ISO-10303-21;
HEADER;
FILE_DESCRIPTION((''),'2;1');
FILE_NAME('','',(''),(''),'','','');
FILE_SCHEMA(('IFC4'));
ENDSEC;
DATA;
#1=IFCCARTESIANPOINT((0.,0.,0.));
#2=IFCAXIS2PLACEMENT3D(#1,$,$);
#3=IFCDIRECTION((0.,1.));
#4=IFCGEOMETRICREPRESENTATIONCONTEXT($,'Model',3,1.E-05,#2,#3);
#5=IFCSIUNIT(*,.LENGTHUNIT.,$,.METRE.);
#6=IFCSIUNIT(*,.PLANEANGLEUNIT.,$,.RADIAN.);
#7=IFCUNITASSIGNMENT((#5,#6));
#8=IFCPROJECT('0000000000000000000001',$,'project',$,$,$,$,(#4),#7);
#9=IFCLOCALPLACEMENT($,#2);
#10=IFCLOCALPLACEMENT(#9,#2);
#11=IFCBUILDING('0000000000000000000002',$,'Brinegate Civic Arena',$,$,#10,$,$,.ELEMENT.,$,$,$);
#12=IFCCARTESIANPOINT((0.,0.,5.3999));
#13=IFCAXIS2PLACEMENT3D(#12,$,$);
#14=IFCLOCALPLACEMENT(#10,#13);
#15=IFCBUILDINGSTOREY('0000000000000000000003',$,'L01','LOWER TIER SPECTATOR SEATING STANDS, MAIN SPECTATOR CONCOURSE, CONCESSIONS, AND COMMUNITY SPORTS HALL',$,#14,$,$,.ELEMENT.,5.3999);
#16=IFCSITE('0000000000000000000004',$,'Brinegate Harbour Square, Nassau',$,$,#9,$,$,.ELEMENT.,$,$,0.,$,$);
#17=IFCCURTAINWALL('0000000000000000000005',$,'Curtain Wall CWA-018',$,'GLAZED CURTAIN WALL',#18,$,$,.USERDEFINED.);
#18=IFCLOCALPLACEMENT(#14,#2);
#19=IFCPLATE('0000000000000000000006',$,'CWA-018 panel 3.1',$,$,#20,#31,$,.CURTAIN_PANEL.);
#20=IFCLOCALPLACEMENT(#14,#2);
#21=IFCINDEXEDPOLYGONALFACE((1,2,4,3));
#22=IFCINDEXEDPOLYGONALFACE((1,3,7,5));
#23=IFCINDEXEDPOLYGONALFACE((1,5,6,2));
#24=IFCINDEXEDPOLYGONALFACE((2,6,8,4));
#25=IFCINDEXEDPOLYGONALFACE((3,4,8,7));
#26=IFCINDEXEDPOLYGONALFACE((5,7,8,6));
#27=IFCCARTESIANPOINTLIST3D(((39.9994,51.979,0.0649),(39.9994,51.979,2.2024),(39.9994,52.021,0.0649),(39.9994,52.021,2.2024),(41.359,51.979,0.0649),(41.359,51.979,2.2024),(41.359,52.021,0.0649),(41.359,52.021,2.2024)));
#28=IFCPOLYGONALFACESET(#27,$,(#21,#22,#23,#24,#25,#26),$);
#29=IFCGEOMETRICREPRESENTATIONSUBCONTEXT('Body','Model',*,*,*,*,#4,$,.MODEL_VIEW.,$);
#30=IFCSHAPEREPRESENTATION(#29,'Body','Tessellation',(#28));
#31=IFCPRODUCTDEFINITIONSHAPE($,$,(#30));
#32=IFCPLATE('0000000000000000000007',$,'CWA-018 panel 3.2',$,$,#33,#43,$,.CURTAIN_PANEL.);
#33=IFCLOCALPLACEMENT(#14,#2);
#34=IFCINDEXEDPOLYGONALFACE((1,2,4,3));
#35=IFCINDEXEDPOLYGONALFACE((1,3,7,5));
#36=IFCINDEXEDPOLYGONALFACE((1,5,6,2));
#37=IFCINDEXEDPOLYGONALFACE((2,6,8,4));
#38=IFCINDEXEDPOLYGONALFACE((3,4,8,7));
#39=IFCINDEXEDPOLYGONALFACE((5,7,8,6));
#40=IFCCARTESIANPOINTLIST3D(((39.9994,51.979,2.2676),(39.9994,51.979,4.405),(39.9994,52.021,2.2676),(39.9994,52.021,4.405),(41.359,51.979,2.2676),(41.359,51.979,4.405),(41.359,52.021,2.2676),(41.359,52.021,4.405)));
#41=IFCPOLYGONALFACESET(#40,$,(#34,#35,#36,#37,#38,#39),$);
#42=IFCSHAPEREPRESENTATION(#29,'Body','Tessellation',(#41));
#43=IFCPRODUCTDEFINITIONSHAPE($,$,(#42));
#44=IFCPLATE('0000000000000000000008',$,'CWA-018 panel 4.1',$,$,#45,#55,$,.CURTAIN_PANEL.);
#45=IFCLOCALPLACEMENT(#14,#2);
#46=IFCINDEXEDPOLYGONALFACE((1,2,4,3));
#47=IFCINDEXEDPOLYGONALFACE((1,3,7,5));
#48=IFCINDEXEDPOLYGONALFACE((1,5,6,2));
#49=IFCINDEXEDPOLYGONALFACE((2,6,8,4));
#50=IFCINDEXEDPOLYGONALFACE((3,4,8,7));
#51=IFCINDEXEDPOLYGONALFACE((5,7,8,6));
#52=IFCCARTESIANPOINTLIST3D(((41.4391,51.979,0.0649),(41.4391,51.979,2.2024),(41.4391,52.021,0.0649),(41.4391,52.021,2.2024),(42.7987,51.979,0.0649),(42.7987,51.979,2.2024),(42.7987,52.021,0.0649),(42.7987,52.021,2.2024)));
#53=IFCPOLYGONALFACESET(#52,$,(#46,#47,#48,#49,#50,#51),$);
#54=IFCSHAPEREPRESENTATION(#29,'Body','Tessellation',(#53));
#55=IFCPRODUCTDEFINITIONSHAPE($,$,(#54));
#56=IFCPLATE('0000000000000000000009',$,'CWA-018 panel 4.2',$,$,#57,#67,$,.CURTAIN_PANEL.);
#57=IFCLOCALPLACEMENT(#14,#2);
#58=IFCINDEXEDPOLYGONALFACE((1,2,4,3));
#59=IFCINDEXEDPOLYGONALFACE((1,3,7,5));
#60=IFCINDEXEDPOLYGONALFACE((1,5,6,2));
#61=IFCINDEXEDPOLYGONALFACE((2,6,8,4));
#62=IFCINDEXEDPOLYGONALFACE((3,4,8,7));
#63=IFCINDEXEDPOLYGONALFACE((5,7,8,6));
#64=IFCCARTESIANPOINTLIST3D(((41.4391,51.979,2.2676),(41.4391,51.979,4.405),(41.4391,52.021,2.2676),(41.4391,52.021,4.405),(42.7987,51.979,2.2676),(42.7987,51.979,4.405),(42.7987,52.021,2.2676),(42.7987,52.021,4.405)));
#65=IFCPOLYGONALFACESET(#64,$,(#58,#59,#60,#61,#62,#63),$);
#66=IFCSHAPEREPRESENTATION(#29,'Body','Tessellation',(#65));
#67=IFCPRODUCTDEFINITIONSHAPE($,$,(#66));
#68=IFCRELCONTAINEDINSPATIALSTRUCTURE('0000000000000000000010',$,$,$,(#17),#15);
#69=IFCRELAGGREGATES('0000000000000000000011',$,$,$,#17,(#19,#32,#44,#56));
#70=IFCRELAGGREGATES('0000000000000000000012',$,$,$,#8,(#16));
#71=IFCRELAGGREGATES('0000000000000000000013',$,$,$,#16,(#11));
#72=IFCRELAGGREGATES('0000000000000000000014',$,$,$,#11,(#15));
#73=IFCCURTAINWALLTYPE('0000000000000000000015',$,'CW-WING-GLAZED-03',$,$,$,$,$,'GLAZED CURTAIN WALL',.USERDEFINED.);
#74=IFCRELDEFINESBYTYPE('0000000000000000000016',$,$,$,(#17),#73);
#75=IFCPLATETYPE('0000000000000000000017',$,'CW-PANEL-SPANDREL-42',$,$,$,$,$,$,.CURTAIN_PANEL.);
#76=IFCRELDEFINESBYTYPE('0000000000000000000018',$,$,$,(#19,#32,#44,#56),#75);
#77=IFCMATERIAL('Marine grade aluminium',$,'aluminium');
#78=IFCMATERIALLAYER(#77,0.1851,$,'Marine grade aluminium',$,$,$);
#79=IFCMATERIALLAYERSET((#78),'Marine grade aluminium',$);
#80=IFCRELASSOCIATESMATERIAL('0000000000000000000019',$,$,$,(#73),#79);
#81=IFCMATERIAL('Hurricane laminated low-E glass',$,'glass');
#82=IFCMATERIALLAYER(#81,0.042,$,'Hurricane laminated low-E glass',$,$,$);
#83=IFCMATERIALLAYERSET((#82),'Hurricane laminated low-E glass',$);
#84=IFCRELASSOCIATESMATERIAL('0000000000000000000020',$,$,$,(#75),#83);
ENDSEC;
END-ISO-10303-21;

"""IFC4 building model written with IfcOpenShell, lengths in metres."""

from ifc_helpers import new_model, si_unit, direction, frame, origin, origin_2d, place, context, subcontext, project, spatial, rectangle, extrude, material, layer, layer_set, type_object, element, aggregate, save


model = new_model("IFC4")

# Units and contexts
model_context = context("Model", 3, precision=1e-05, world=origin(), true_north=direction((0.0, 1.0)))
body_context = subcontext(model_context, "Body", "Model", "MODEL_VIEW")
ifc_project = project(units=[si_unit("LENGTHUNIT", "METRE"), si_unit("PLANEANGLEUNIT", "RADIAN")], contexts=[model_context])

# Site, building, storey
site_placement = place(None, origin())
site = spatial("IfcSite", under=ifc_project, at=site_placement, Name="Brinegate Harbour Square, Nassau", CompositionType="ELEMENT", RefElevation=0.0)
building_placement = place(site_placement, origin())
building = spatial("IfcBuilding", under=site, at=building_placement, Name="Brinegate Civic Arena", CompositionType="ELEMENT")
storey_placement = place(building_placement, frame((0.0, 0.0, 5.3999)))
storey = spatial("IfcBuildingStorey", under=building, at=storey_placement, Name="L01", Description="LOWER TIER SPECTATOR SEATING STANDS, MAIN SPECTATOR CONCOURSE, CONCESSIONS, AND COMMUNITY SPORTS HALL", CompositionType="ELEMENT", Elevation=5.3999)

# Curtain wall, plates
ifc_material_1 = material(Name="Marine grade aluminium", Category="aluminium")
ifc_layer_1 = layer(ifc_material_1, 0.1851, Name="Marine grade aluminium")
ifc_layer_set_1 = layer_set([ifc_layer_1], Name="Marine grade aluminium")
curtain_wall_type = type_object("IfcCurtainWallType", Name="CW-WING-GLAZED-03", ElementType="GLAZED CURTAIN WALL", PredefinedType="USERDEFINED", material=ifc_layer_set_1)
curtain_wall_placement = place(storey_placement, origin())
curtain_wall = element("IfcCurtainWall", 1, at=curtain_wall_placement, inside=storey, type_object=curtain_wall_type, Name="Curtain Wall CWA-018", ObjectType="GLAZED CURTAIN WALL", PredefinedType="USERDEFINED")
ifc_material_2 = material(Name="Hurricane laminated low-E glass", Category="glass")
ifc_layer_2 = layer(ifc_material_2, 0.042, Name="Hurricane laminated low-E glass")
ifc_layer_set_2 = layer_set([ifc_layer_2], Name="Hurricane laminated low-E glass")
plate_type = type_object("IfcPlateType", Name="CW-PANEL-SPANDREL-42", PredefinedType="CURTAIN_PANEL", material=ifc_layer_set_2)
plate_1_placement = place(storey_placement, frame((40.6792, 52.0, 0.0649), z_axis=(0.0, 0.0, 1.0), x_axis=(1.0, 0.0, 0.0)))
plate_1 = element("IfcPlate", 2, at=plate_1_placement, type_object=plate_type, Name="CWA-018 panel 3.1", PredefinedType="CURTAIN_PANEL", context=body_context, shape_type="SweptSolid", body=[
    extrude(rectangle(XDim=1.3596, YDim=0.042, at=origin_2d()), origin(), (0.0, 0.0, 1.0), 2.1375),
])
plate_2_placement = place(storey_placement, frame((40.6792, 52.0, 2.2676), z_axis=(0.0, 0.0, 1.0), x_axis=(1.0, 0.0, 0.0)))
plate_2 = element("IfcPlate", 3, at=plate_2_placement, type_object=plate_type, Name="CWA-018 panel 3.2", PredefinedType="CURTAIN_PANEL", context=body_context, shape_type="SweptSolid", body=[
    extrude(rectangle(XDim=1.3596, YDim=0.042, at=origin_2d()), origin(), (0.0, 0.0, 1.0), 2.1375),
])
plate_3_placement = place(storey_placement, frame((42.1189, 52.0, 0.0649), z_axis=(0.0, 0.0, 1.0), x_axis=(1.0, 0.0, 0.0)))
plate_3 = element("IfcPlate", 4, at=plate_3_placement, type_object=plate_type, Name="CWA-018 panel 4.1", PredefinedType="CURTAIN_PANEL", context=body_context, shape_type="SweptSolid", body=[
    extrude(rectangle(XDim=1.3596, YDim=0.042, at=origin_2d()), origin(), (0.0, 0.0, 1.0), 2.1375),
])
plate_4_placement = place(storey_placement, frame((42.1189, 52.0, 2.2676), z_axis=(0.0, 0.0, 1.0), x_axis=(1.0, 0.0, 0.0)))
plate_4 = element("IfcPlate", 5, at=plate_4_placement, type_object=plate_type, Name="CWA-018 panel 4.2", PredefinedType="CURTAIN_PANEL", context=body_context, shape_type="SweptSolid", body=[
    extrude(rectangle(XDim=1.3596, YDim=0.042, at=origin_2d()), origin(), (0.0, 0.0, 1.0), 2.1375),
])
aggregate(curtain_wall, [plate_1, plate_2, plate_3, plate_4])

save(model, "model.ifc")
